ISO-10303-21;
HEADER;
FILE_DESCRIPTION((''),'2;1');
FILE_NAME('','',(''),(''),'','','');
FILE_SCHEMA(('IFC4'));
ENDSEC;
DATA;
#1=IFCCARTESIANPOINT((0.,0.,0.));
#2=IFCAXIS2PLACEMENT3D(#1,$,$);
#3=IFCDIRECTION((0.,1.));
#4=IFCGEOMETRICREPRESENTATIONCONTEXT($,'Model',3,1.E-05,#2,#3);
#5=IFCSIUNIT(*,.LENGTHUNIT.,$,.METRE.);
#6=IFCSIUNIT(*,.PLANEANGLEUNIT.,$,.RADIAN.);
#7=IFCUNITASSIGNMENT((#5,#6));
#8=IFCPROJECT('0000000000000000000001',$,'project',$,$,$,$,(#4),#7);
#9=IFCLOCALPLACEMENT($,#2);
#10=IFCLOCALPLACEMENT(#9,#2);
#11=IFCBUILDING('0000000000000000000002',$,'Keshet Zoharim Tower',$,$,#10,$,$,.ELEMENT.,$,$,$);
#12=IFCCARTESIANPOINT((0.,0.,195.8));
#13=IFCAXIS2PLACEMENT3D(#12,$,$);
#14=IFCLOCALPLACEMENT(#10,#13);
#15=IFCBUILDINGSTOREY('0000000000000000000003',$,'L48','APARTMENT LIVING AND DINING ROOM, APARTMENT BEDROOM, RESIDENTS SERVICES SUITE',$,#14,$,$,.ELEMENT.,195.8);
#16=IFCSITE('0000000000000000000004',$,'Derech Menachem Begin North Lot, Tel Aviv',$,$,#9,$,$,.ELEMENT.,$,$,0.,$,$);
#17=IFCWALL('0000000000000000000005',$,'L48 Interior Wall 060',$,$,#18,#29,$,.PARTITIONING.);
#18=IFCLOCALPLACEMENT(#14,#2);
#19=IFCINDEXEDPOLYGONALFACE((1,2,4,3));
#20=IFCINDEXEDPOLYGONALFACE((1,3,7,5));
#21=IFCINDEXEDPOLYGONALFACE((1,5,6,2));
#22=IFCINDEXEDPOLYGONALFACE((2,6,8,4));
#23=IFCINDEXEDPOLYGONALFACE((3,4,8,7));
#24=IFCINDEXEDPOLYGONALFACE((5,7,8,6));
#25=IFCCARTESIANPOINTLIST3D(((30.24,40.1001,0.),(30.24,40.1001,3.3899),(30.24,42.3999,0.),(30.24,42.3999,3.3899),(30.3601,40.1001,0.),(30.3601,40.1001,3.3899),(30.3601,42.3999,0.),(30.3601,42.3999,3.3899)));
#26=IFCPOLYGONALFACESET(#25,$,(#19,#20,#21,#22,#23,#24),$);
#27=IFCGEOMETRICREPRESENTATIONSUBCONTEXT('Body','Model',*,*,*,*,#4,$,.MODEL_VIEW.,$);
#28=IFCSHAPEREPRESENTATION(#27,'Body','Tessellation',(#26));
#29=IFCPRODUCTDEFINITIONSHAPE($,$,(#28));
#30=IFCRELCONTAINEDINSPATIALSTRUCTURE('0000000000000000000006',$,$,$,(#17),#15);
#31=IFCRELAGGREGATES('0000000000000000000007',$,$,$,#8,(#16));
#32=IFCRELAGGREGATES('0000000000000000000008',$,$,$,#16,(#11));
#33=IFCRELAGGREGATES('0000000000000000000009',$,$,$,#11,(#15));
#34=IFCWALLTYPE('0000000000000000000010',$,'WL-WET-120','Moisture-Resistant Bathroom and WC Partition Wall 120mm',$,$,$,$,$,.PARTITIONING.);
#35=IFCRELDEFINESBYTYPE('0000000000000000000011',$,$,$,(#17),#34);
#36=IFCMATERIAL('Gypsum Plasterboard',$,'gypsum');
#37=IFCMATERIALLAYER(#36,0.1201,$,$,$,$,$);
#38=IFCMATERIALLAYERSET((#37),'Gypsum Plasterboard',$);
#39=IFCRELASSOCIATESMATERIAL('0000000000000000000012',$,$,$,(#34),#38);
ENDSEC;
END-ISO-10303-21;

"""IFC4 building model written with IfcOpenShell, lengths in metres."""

from ifc_helpers import new_model, si_unit, direction, frame, frame_2d, origin, place, context, subcontext, project, spatial, rectangle, extrude, material, layer, layer_set, type_object, element, save


model = new_model("IFC4")

# Units and contexts
model_context = context("Model", 3, precision=1e-05, world=origin(), true_north=direction((0.0, 1.0)))
body_context = subcontext(model_context, "Body", "Model", "MODEL_VIEW")
ifc_project = project(units=[si_unit("LENGTHUNIT", "METRE"), si_unit("PLANEANGLEUNIT", "RADIAN")], contexts=[model_context])

# Site, building, storey
site_placement = place(None, origin())
site = spatial("IfcSite", under=ifc_project, at=site_placement, Name="Derech Menachem Begin North Lot, Tel Aviv", CompositionType="ELEMENT", RefElevation=0.0)
building_placement = place(site_placement, origin())
building = spatial("IfcBuilding", under=site, at=building_placement, Name="Keshet Zoharim Tower", CompositionType="ELEMENT")
storey_placement = place(building_placement, frame((0.0, 0.0, 195.8)))
storey = spatial("IfcBuildingStorey", under=building, at=storey_placement, Name="L48", Description="APARTMENT LIVING AND DINING ROOM, APARTMENT BEDROOM, RESIDENTS SERVICES SUITE", CompositionType="ELEMENT", Elevation=195.8)

# Shared definitions
ifc_material_1 = material(Name="Gypsum Plasterboard", Category="gypsum")

# Wall
ifc_layer_1 = layer(ifc_material_1, 0.1201)
ifc_layer_set_1 = layer_set([ifc_layer_1], Name="Gypsum Plasterboard")
wall_type_1 = type_object("IfcWallType", Name="WL-WET-120", Description="Moisture-Resistant Bathroom and WC Partition Wall 120mm", PredefinedType="PARTITIONING", material=ifc_layer_set_1)
wall_1_placement = place(storey_placement, frame((30.3, 40.1001, 0.0), z_axis=(0.0, 0.0, 1.0), x_axis=(0.0, 1.0, 0.0)))
element("IfcWall", 1, at=wall_1_placement, inside=storey, type_object=wall_type_1, Name="L48 Interior Wall 060", PredefinedType="PARTITIONING", context=body_context, shape_type="SweptSolid", body=[
    extrude(rectangle(XDim=2.2998, YDim=0.1201, at=frame_2d((1.1499, 0.0))), origin(), (0.0, 0.0, 1.0), 3.3899),
])

save(model, "model.ifc")
